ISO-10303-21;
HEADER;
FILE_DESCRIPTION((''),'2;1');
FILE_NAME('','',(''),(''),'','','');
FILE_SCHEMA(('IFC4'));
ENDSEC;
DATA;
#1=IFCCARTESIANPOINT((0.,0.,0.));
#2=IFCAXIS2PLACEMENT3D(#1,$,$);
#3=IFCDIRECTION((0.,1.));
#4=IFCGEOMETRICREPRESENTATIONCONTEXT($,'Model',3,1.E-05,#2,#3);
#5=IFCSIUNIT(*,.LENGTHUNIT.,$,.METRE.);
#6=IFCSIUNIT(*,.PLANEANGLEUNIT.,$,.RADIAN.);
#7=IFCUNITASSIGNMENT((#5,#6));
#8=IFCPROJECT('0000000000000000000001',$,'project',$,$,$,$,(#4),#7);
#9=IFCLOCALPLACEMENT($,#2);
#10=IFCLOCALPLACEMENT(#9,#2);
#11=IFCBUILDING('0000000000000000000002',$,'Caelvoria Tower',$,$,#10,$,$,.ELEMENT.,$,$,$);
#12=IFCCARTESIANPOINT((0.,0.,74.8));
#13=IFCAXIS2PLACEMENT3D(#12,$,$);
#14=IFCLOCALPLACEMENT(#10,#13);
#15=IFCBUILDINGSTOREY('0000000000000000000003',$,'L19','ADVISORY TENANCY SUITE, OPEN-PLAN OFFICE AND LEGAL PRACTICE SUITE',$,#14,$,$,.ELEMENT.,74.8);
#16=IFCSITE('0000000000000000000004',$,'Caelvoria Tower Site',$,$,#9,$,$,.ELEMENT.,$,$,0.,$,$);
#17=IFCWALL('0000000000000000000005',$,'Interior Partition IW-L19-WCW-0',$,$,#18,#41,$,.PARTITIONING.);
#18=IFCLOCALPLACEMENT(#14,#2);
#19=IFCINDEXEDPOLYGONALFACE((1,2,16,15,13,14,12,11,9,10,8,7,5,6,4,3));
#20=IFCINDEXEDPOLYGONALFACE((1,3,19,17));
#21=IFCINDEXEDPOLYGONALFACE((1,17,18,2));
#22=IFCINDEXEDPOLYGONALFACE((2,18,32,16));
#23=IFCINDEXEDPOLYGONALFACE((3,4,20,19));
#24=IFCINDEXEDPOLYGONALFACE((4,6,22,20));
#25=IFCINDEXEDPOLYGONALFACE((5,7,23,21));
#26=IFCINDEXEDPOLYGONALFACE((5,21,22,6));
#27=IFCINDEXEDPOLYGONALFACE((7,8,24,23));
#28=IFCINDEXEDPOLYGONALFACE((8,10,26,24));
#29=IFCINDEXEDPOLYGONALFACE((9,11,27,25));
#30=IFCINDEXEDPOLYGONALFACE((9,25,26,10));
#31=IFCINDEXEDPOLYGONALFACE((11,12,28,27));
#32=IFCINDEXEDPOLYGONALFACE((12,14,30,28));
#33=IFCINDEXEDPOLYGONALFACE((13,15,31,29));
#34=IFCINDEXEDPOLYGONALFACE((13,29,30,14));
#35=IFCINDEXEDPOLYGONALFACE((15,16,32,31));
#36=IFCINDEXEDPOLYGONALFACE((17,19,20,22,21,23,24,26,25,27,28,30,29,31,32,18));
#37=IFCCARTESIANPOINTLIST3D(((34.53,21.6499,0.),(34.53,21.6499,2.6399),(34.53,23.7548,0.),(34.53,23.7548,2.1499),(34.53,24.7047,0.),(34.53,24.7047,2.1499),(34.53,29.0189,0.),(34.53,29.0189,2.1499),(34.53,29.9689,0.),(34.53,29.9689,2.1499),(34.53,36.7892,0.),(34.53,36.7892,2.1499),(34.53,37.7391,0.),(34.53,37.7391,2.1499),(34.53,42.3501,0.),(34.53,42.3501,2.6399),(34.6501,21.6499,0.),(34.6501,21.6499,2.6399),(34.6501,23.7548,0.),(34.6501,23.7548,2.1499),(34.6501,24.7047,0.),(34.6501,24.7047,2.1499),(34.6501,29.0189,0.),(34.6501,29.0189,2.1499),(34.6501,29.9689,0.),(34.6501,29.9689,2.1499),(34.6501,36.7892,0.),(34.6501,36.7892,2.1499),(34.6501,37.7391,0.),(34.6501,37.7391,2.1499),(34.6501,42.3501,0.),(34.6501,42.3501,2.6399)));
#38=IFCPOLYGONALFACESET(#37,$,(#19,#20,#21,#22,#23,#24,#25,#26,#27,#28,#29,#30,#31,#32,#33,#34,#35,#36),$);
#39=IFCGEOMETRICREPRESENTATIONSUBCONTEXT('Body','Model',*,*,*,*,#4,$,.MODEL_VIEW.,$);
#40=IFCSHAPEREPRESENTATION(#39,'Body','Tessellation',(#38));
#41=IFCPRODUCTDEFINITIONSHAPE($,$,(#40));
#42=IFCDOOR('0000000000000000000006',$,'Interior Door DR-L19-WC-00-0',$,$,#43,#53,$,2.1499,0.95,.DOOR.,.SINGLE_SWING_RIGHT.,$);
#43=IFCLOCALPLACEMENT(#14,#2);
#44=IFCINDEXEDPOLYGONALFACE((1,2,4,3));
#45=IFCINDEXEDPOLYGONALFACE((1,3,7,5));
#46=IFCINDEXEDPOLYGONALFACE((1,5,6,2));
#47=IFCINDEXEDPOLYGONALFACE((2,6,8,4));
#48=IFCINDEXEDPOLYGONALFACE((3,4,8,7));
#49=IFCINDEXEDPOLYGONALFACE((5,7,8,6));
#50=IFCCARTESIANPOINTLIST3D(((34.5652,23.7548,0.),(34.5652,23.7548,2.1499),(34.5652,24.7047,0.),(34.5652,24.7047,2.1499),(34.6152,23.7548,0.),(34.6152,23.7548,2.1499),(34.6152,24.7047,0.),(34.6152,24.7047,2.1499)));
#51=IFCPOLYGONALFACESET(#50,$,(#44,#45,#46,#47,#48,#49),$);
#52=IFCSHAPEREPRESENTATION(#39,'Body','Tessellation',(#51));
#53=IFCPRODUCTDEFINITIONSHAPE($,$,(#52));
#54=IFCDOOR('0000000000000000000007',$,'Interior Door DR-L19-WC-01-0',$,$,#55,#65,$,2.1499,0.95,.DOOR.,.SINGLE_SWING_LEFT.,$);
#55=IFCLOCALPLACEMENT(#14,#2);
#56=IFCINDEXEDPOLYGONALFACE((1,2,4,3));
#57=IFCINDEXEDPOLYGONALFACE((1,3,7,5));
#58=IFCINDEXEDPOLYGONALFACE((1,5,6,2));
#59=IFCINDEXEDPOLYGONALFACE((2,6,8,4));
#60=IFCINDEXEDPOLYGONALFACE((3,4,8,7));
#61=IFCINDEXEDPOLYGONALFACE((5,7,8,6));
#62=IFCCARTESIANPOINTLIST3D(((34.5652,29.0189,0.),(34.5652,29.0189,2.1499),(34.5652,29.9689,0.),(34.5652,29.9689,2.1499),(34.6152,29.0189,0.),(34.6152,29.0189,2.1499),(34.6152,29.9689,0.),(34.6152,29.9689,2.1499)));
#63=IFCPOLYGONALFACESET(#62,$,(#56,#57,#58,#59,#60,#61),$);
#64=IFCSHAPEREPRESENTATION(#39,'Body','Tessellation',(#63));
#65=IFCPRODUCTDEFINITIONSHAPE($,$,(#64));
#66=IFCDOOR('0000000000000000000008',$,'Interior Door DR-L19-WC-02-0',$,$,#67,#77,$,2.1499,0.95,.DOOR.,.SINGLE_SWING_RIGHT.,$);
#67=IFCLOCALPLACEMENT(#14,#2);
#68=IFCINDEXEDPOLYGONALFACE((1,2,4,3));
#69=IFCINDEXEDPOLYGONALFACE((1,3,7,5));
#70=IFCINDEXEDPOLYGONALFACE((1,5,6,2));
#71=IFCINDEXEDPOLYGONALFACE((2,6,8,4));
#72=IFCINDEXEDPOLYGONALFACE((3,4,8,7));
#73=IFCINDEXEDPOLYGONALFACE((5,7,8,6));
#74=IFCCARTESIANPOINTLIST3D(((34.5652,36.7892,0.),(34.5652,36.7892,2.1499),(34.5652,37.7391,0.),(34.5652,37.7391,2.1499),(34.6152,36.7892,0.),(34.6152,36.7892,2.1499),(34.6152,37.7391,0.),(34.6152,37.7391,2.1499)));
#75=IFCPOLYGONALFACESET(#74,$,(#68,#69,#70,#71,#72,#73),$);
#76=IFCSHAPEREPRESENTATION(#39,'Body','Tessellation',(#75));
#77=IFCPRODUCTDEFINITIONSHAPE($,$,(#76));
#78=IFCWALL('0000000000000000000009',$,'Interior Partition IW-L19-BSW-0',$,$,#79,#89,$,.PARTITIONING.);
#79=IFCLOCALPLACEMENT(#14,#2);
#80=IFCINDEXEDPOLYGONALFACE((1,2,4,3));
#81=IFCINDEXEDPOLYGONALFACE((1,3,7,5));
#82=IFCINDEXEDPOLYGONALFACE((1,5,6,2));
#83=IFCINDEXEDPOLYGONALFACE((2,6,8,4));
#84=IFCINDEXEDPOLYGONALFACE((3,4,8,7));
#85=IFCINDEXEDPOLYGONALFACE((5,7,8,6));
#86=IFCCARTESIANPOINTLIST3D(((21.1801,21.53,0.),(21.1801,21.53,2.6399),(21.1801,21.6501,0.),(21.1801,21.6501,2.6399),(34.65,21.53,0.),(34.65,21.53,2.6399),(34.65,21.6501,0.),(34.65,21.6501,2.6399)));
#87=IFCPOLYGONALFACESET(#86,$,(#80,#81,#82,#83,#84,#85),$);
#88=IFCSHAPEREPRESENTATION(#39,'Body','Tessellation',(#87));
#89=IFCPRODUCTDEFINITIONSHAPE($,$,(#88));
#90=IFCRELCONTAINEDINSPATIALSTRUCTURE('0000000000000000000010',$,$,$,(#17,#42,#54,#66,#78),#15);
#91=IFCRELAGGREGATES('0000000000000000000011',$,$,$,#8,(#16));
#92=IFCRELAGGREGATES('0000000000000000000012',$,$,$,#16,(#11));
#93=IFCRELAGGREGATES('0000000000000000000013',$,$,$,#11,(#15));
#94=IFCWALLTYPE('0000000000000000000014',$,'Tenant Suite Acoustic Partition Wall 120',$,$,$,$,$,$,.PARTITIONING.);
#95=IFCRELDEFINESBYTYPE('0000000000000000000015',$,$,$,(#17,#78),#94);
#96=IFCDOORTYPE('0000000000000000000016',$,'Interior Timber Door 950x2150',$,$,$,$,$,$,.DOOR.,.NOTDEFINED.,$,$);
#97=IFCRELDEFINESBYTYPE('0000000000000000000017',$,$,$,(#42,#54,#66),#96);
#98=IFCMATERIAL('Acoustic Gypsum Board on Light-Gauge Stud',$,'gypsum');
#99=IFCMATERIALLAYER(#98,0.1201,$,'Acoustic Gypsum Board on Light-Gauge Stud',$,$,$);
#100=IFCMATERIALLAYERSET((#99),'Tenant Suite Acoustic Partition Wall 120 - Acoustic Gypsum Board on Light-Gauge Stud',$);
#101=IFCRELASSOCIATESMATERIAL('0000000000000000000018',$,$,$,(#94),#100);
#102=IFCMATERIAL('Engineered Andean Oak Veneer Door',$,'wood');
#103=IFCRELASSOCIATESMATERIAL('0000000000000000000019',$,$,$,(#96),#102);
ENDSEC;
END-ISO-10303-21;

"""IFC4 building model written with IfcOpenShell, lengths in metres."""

from ifc_helpers import new_model, si_unit, direction, frame, frame_2d, origin, place, context, subcontext, project, spatial, rectangle, extrude, material, layer, layer_set, type_object, element, fill, save


model = new_model("IFC4")

# Units and contexts
model_context = context("Model", 3, precision=1e-05, world=origin(), true_north=direction((0.0, 1.0)))
body_context = subcontext(model_context, "Body", "Model", "MODEL_VIEW")
ifc_project = project(units=[si_unit("LENGTHUNIT", "METRE"), si_unit("PLANEANGLEUNIT", "RADIAN")], contexts=[model_context])

# Site, building, storey
site_placement = place(None, origin())
site = spatial("IfcSite", under=ifc_project, at=site_placement, Name="Caelvoria Tower Site", CompositionType="ELEMENT", RefElevation=0.0)
building_placement = place(site_placement, origin())
building = spatial("IfcBuilding", under=site, at=building_placement, Name="Caelvoria Tower", CompositionType="ELEMENT")
storey_placement = place(building_placement, frame((0.0, 0.0, 74.8)))
storey = spatial("IfcBuildingStorey", under=building, at=storey_placement, Name="L19", Description="ADVISORY TENANCY SUITE, OPEN-PLAN OFFICE AND LEGAL PRACTICE SUITE", CompositionType="ELEMENT", Elevation=74.8)

# Shared definitions
ifc_material_1 = material(Name="Acoustic Gypsum Board on Light-Gauge Stud", Category="gypsum")
ifc_layer_1 = layer(ifc_material_1, 0.1201, Name="Acoustic Gypsum Board on Light-Gauge Stud")
ifc_layer_set_1 = layer_set([ifc_layer_1], Name="Tenant Suite Acoustic Partition Wall 120 - Acoustic Gypsum Board on Light-Gauge Stud")
wall_type_1 = type_object("IfcWallType", Name="Tenant Suite Acoustic Partition Wall 120", PredefinedType="PARTITIONING", material=ifc_layer_set_1)
ifc_material_2 = material(Name="Engineered Andean Oak Veneer Door", Category="wood")
door_type_1 = type_object("IfcDoorType", Name="Interior Timber Door 950x2150", OperationType="NOTDEFINED", PredefinedType="DOOR", material=ifc_material_2)

# Wall, openings, doors
wall_1_placement = place(storey_placement, frame((34.5901, 21.6499, 0.0), z_axis=(0.0, 0.0, 1.0), x_axis=(0.0, 1.0, 0.0)))
wall_1 = element("IfcWall", 1, at=wall_1_placement, inside=storey, type_object=wall_type_1, Name="Interior Partition IW-L19-WCW-0", PredefinedType="PARTITIONING", context=body_context, shape_type="SweptSolid", body=[
    extrude(rectangle(XDim=20.7002, YDim=0.1201, at=frame_2d((10.3501, 0.0))), origin(), (0.0, 0.0, 1.0), 2.6399),
])
opening_1_placement = place(wall_1_placement, frame((2.1047, 0.0, 0.0)))
opening_1 = element("IfcOpeningElement", 2, at=opening_1_placement, cuts=wall_1, PredefinedType="OPENING", context=body_context, shape_type="SweptSolid", body=[
    extrude(rectangle(XDim=0.95, YDim=2.1499, at=frame_2d((0.4751, 1.075))), frame((0.0, 0.0701, 0.0), z_axis=(0.0, -1.0, 0.0), x_axis=(1.0, 0.0, 0.0)), (0.0, 0.0, 1.0), 0.1401),
])
opening_2_placement = place(wall_1_placement, frame((7.3689, 0.0, 0.0)))
opening_2 = element("IfcOpeningElement", 3, at=opening_2_placement, cuts=wall_1, PredefinedType="OPENING", context=body_context, shape_type="SweptSolid", body=[
    extrude(rectangle(XDim=0.95, YDim=2.1499, at=frame_2d((0.4751, 1.075))), frame((0.0, 0.0701, 0.0), z_axis=(0.0, -1.0, 0.0), x_axis=(1.0, 0.0, 0.0)), (0.0, 0.0, 1.0), 0.1401),
])
opening_3_placement = place(wall_1_placement, frame((15.1392, 0.0, 0.0)))
opening_3 = element("IfcOpeningElement", 4, at=opening_3_placement, cuts=wall_1, PredefinedType="OPENING", context=body_context, shape_type="SweptSolid", body=[
    extrude(rectangle(XDim=0.95, YDim=2.1499, at=frame_2d((0.4751, 1.075))), frame((0.0, 0.0701, 0.0), z_axis=(0.0, -1.0, 0.0), x_axis=(1.0, 0.0, 0.0)), (0.0, 0.0, 1.0), 0.1401),
])
door_1_placement = place(opening_1_placement, origin())
door_1 = element("IfcDoor", 5, at=door_1_placement, inside=storey, type_object=door_type_1, Name="Interior Door DR-L19-WC-00-0", OperationType="SINGLE_SWING_RIGHT", OverallHeight=2.1499, OverallWidth=0.95, PredefinedType="DOOR", context=body_context, shape_type="SweptSolid", body=[
    extrude(rectangle(XDim=0.95, YDim=2.1499, at=frame_2d((0.4751, 1.075))), frame((0.0, 0.0249, 0.0), z_axis=(0.0, -1.0, 0.0), x_axis=(1.0, 0.0, 0.0)), (0.0, 0.0, 1.0), 0.05),
])
fill(opening_1, door_1)
door_2_placement = place(opening_2_placement, origin())
door_2 = element("IfcDoor", 6, at=door_2_placement, inside=storey, type_object=door_type_1, Name="Interior Door DR-L19-WC-01-0", OperationType="SINGLE_SWING_LEFT", OverallHeight=2.1499, OverallWidth=0.95, PredefinedType="DOOR", context=body_context, shape_type="SweptSolid", body=[
    extrude(rectangle(XDim=0.95, YDim=2.1499, at=frame_2d((0.4751, 1.075))), frame((0.0, 0.0249, 0.0), z_axis=(0.0, -1.0, 0.0), x_axis=(1.0, 0.0, 0.0)), (0.0, 0.0, 1.0), 0.05),
])
fill(opening_2, door_2)
door_3_placement = place(opening_3_placement, origin())
door_3 = element("IfcDoor", 7, at=door_3_placement, inside=storey, type_object=door_type_1, Name="Interior Door DR-L19-WC-02-0", OperationType="SINGLE_SWING_RIGHT", OverallHeight=2.1499, OverallWidth=0.95, PredefinedType="DOOR", context=body_context, shape_type="SweptSolid", body=[
    extrude(rectangle(XDim=0.95, YDim=2.1499, at=frame_2d((0.4751, 1.075))), frame((0.0, 0.0249, 0.0), z_axis=(0.0, -1.0, 0.0), x_axis=(1.0, 0.0, 0.0)), (0.0, 0.0, 1.0), 0.05),
])
fill(opening_3, door_3)

# Wall
wall_2_placement = place(storey_placement, frame((34.6499, 21.5901, 0.0), z_axis=(0.0, 0.0, 1.0), x_axis=(-1.0, 0.0, 0.0)))
element("IfcWall", 8, at=wall_2_placement, inside=storey, type_object=wall_type_1, Name="Interior Partition IW-L19-BSW-0", PredefinedType="PARTITIONING", context=body_context, shape_type="SweptSolid", body=[
    extrude(rectangle(XDim=13.47, YDim=0.1201, at=frame_2d((6.7349, 0.0))), origin(), (0.0, 0.0, 1.0), 2.6399),
])

save(model, "model.ifc")
